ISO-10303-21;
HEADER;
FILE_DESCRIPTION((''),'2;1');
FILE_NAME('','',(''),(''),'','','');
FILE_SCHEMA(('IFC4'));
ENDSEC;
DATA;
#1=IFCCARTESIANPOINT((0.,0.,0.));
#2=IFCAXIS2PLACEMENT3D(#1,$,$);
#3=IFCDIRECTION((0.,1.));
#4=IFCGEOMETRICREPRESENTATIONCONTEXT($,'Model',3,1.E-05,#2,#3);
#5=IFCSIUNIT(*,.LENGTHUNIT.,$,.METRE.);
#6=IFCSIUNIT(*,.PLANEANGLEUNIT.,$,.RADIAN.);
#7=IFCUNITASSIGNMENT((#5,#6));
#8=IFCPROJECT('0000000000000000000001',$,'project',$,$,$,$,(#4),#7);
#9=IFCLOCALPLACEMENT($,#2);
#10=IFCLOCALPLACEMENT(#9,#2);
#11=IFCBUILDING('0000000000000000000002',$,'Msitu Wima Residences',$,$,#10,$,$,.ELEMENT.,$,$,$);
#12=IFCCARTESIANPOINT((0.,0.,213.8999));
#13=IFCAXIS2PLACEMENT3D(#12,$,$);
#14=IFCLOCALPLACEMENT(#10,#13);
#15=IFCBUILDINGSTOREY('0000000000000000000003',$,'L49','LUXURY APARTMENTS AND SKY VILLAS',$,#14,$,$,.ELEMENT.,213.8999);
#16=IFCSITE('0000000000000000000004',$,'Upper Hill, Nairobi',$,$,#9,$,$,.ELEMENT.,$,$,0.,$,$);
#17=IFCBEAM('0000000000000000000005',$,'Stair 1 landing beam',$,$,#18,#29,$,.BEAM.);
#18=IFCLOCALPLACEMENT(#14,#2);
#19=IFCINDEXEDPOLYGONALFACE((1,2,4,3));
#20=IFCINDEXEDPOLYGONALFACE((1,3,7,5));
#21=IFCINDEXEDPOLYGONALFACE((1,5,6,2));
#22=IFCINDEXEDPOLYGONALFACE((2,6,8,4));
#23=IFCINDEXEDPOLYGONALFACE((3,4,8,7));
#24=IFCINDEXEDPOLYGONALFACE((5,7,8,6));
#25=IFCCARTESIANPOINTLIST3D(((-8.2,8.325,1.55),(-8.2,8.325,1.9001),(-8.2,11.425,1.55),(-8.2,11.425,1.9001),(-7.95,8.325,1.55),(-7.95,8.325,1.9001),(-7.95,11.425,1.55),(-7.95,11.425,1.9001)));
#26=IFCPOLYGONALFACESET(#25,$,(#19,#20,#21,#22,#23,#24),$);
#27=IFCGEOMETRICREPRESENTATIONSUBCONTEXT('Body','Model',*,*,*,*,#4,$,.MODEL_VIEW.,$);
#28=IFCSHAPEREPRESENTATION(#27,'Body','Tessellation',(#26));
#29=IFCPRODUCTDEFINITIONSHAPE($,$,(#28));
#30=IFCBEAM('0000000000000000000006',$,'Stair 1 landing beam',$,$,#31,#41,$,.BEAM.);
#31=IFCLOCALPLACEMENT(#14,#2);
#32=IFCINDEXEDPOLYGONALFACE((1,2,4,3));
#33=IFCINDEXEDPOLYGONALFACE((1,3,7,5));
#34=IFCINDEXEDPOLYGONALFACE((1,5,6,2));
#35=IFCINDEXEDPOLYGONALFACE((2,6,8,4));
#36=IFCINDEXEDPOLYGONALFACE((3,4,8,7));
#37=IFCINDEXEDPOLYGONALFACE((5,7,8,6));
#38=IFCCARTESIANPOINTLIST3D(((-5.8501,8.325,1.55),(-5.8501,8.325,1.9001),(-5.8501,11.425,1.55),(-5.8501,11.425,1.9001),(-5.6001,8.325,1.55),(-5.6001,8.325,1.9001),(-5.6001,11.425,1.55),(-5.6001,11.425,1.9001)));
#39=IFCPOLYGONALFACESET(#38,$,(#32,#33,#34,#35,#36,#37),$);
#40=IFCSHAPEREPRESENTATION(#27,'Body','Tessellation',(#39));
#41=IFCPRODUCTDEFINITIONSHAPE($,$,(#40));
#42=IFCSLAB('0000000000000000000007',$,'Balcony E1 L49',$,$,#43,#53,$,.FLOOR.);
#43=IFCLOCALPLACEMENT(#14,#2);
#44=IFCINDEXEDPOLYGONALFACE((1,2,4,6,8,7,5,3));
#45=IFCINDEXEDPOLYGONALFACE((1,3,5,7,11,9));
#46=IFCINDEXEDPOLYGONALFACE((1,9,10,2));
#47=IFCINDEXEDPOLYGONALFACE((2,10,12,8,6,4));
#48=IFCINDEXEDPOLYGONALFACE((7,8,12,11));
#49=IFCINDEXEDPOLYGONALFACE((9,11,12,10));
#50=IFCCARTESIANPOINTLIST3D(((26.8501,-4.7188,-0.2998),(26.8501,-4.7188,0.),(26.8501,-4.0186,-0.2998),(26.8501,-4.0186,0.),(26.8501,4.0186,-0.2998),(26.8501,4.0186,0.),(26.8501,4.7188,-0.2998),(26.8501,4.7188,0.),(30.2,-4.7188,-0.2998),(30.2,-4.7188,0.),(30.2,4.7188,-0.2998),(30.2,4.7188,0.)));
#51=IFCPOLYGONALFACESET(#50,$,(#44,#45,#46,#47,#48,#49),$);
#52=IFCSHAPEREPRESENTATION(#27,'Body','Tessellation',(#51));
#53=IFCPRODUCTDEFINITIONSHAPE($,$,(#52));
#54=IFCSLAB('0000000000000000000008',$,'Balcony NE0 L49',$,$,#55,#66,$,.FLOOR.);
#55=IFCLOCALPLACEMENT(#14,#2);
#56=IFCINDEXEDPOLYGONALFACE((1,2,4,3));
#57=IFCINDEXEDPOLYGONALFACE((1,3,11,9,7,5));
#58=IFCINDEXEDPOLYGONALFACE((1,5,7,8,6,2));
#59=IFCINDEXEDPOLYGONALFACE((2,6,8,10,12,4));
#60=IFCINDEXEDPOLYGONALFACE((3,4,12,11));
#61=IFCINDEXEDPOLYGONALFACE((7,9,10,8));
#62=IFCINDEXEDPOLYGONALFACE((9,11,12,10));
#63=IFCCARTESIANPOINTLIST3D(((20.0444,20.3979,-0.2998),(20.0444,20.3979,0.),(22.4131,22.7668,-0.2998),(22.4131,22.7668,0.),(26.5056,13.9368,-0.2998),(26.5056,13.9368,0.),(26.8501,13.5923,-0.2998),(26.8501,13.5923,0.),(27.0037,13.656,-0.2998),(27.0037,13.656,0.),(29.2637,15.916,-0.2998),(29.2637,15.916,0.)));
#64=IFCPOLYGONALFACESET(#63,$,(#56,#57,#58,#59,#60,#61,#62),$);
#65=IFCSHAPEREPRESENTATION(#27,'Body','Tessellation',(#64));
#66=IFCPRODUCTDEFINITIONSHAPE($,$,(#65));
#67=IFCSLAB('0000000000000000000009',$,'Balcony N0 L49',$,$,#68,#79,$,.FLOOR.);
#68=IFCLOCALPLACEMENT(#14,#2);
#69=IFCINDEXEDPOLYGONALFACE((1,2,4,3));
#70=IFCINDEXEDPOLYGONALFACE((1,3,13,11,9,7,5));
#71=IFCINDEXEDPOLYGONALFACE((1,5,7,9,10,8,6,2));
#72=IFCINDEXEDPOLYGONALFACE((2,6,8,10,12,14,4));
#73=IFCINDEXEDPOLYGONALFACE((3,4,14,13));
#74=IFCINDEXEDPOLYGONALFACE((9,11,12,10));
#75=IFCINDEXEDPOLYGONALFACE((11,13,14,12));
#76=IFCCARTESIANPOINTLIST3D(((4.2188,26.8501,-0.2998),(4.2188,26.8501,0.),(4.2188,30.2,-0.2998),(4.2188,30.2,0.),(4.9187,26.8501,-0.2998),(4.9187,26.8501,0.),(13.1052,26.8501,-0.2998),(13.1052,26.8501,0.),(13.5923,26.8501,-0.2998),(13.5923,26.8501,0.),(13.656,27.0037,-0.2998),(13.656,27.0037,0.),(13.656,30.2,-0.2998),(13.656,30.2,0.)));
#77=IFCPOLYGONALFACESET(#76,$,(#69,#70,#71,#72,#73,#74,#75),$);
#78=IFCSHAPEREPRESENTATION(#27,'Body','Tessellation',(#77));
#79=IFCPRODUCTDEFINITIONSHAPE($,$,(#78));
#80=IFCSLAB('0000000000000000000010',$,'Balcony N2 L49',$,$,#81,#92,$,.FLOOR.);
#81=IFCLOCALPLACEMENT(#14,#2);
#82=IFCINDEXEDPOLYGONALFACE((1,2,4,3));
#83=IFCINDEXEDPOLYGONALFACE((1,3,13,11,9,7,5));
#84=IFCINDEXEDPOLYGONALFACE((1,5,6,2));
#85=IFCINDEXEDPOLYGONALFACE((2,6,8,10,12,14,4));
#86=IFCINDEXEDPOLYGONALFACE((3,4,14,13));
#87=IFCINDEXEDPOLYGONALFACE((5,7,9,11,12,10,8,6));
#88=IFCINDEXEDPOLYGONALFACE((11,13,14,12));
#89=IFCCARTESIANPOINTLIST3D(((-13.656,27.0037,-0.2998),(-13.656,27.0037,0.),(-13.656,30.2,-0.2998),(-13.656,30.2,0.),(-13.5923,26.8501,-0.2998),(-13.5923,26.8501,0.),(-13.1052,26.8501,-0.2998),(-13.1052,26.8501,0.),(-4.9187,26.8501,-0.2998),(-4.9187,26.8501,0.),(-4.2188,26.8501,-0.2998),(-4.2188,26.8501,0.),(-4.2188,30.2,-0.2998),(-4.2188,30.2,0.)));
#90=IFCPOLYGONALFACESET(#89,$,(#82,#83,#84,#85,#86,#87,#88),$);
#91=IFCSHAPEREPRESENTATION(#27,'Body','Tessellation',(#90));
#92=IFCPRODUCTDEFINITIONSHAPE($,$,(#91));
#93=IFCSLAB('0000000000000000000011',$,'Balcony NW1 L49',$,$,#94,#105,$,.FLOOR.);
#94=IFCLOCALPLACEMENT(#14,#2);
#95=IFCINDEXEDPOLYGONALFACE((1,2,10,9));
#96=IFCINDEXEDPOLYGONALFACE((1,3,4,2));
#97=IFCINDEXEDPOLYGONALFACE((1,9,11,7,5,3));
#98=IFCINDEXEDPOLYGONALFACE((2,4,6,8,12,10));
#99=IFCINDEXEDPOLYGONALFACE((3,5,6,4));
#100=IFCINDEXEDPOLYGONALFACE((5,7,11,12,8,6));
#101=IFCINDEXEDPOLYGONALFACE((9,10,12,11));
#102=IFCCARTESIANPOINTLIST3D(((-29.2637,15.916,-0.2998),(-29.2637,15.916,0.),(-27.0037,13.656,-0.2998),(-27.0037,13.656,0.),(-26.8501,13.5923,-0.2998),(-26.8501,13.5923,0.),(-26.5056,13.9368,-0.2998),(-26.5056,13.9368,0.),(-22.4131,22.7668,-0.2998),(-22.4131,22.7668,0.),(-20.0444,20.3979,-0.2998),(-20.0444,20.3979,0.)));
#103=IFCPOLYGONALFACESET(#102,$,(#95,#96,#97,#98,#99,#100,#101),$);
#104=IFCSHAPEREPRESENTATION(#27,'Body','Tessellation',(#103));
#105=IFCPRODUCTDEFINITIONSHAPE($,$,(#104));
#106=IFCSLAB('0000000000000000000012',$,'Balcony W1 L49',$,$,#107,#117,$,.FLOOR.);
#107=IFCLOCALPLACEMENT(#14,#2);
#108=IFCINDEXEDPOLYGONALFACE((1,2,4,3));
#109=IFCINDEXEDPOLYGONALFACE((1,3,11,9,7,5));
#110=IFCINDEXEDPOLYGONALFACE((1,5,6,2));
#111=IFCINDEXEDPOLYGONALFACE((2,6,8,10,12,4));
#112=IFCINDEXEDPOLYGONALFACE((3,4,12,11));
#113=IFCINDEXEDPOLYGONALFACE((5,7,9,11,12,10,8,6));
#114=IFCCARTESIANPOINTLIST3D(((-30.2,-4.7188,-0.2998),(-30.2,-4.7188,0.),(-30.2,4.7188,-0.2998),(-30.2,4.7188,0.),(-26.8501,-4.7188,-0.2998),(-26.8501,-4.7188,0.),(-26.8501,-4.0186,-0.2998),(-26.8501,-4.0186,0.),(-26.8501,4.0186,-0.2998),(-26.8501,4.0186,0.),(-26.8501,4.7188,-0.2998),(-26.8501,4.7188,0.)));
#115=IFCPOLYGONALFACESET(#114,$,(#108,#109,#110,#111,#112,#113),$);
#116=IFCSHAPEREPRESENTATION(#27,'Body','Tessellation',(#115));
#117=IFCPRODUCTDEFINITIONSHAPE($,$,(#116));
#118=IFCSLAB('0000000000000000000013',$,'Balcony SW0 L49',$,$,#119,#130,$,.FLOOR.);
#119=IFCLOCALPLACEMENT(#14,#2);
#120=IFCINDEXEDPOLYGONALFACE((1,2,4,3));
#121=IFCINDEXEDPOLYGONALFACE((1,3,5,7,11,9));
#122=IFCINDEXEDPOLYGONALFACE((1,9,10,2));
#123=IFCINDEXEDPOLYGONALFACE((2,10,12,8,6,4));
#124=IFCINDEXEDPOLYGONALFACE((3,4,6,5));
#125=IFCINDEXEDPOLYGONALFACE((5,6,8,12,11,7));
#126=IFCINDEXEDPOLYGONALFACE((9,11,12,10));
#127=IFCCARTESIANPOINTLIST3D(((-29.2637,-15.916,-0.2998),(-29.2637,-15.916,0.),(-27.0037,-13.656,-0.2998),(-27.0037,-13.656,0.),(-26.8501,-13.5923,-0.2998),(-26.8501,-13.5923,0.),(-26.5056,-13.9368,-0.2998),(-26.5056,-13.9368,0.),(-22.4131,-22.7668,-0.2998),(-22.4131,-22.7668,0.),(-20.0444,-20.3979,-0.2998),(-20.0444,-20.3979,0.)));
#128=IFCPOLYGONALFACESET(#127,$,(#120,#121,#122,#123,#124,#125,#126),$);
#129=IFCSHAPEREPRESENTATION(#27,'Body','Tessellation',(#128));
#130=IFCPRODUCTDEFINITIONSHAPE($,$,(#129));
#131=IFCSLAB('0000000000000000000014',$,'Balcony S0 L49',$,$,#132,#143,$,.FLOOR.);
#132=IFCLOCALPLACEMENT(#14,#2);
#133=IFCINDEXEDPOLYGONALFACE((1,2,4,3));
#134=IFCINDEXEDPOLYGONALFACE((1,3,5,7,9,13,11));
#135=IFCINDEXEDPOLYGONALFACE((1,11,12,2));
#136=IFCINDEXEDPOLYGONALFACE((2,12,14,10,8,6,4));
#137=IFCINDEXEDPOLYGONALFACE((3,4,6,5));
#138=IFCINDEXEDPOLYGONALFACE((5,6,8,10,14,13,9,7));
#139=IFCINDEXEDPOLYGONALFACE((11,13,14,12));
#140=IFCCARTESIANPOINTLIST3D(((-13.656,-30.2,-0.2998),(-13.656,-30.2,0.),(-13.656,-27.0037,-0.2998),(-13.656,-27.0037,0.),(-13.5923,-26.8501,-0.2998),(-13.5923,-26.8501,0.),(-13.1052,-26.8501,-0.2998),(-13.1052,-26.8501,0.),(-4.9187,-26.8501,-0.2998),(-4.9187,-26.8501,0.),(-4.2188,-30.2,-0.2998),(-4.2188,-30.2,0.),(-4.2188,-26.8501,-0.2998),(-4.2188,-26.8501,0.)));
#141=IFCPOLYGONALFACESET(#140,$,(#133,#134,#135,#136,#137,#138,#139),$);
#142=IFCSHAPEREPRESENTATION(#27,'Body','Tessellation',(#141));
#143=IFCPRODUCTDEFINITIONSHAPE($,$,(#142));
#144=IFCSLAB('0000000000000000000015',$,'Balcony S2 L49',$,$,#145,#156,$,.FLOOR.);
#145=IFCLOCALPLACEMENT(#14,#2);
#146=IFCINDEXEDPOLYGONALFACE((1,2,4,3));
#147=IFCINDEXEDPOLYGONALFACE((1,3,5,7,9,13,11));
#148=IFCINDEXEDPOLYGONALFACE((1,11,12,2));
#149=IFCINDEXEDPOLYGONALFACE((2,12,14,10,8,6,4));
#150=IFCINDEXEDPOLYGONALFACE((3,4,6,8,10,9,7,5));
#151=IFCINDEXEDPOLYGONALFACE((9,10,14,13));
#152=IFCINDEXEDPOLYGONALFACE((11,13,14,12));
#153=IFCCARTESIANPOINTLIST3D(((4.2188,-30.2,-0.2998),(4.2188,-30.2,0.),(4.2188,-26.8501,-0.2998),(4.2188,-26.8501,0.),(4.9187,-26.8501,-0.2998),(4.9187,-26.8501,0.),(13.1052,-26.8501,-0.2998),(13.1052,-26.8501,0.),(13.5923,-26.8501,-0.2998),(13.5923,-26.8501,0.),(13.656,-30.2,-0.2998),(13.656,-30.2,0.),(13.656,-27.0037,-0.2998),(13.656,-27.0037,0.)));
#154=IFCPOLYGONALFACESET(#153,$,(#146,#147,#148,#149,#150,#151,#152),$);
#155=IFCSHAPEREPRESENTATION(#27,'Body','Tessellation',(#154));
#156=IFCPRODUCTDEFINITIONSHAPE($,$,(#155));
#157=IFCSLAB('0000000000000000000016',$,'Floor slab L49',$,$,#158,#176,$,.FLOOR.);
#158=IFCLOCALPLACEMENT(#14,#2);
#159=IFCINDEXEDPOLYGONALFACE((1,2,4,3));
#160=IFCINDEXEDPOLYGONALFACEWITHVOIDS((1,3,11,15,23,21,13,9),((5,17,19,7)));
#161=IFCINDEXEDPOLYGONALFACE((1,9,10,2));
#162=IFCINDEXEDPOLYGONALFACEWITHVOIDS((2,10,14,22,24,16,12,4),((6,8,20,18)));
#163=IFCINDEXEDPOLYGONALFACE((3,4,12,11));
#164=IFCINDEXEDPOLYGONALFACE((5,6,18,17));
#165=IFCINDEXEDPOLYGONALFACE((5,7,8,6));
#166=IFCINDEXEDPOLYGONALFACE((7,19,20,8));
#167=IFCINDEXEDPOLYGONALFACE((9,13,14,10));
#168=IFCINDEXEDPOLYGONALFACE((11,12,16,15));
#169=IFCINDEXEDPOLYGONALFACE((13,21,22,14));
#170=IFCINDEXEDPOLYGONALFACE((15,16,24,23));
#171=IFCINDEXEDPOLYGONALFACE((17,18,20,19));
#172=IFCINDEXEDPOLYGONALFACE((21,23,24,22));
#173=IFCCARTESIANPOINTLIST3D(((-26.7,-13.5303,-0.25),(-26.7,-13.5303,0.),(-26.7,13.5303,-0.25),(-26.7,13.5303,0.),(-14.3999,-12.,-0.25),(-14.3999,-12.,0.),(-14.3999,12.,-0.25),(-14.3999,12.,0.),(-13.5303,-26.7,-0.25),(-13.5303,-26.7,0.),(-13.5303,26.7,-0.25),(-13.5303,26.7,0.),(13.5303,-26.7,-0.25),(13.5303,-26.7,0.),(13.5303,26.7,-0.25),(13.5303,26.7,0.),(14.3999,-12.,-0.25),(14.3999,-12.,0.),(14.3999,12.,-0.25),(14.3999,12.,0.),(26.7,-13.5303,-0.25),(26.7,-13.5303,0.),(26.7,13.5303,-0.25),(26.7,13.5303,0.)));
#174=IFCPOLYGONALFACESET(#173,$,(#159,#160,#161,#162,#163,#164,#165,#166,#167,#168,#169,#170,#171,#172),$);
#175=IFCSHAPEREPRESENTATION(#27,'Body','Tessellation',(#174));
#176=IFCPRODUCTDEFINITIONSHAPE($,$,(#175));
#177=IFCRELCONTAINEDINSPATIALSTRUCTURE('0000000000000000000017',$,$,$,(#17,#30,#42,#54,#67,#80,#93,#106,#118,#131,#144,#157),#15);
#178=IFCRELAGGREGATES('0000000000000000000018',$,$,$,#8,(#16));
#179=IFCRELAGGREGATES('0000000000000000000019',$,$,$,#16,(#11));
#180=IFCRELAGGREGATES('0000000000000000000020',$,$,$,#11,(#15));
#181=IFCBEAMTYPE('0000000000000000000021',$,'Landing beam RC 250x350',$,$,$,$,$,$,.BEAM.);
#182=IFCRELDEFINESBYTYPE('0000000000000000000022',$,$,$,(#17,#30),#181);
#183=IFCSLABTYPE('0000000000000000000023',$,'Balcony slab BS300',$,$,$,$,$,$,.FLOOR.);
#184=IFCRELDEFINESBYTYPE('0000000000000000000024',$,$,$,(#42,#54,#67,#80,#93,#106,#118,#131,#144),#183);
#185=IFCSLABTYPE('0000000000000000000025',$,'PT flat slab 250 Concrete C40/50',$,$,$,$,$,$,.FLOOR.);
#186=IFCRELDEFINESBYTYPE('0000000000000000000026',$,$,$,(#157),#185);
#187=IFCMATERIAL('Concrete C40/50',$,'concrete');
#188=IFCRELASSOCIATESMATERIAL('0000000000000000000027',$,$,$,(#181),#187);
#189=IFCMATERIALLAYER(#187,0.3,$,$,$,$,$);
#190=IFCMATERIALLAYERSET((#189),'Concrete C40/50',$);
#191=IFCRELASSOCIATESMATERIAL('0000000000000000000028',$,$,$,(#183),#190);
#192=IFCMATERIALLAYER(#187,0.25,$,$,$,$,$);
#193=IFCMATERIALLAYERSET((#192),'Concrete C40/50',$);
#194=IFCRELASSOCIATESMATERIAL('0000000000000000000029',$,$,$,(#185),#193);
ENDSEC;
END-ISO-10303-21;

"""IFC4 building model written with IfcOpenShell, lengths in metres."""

from ifc_helpers import new_model, si_unit, direction, frame, origin, origin_2d, place, context, subcontext, project, spatial, polyline, rectangle, outline, extrude, material, layer, layer_set, material_profile, profile_set, type_object, element, save


model = new_model("IFC4")

# Units and contexts
model_context = context("Model", 3, precision=1e-05, world=origin(), true_north=direction((0.0, 1.0)))
body_context = subcontext(model_context, "Body", "Model", "MODEL_VIEW")
ifc_project = project(units=[si_unit("LENGTHUNIT", "METRE"), si_unit("PLANEANGLEUNIT", "RADIAN")], contexts=[model_context])

# Site, building, storey
site_placement = place(None, origin())
site = spatial("IfcSite", under=ifc_project, at=site_placement, Name="Upper Hill, Nairobi", CompositionType="ELEMENT", RefElevation=0.0)
building_placement = place(site_placement, origin())
building = spatial("IfcBuilding", under=site, at=building_placement, Name="Msitu Wima Residences", CompositionType="ELEMENT")
storey_placement = place(building_placement, frame((0.0, 0.0, 213.8999)))
storey = spatial("IfcBuildingStorey", under=building, at=storey_placement, Name="L49", Description="LUXURY APARTMENTS AND SKY VILLAS", CompositionType="ELEMENT", Elevation=213.8999)

# Beams
ifc_material_1 = material(Name="Concrete C40/50", Category="concrete")
ifc_material_profile = material_profile(ifc_material_1, rectangle(XDim=0.25, YDim=0.3501, at=origin_2d()), Name="RC 250x350")
ifc_profile_set = profile_set([ifc_material_profile], Name="Concrete C40/50")
beam_type = type_object("IfcBeamType", Name="Landing beam RC 250x350", PredefinedType="BEAM", material=ifc_profile_set)
for number, where, z_axis, x_axis, name in (
    (1, (-8.075, 8.325, 1.7251), (0.0, 1.0, 0.0), (-1.0, 0.0, 0.0), "Stair 1 landing beam"),
    (2, (-5.7251, 8.325, 1.7251), (0.0, 1.0, 0.0), (-1.0, 0.0, 0.0), "Stair 1 landing beam"),
):
    element("IfcBeam", number, at=place(storey_placement, frame(where, z_axis=z_axis, x_axis=x_axis)), inside=storey, type_object=beam_type, Name=name, PredefinedType="BEAM", context=body_context, shape_type="SweptSolid", body=[
        extrude(rectangle(XDim=0.25, YDim=0.3501, at=origin_2d()), origin(), (0.0, 0.0, 1.0), 3.1001),
    ])

# Slabs
ifc_layer_1 = layer(ifc_material_1, 0.3)
ifc_layer_set_1 = layer_set([ifc_layer_1], Name="Concrete C40/50")
slab_type_1 = type_object("IfcSlabType", Name="Balcony slab BS300", PredefinedType="FLOOR", material=ifc_layer_set_1)
slab_1_placement = place(storey_placement, frame((0.0, 0.0, -0.2998)))
element("IfcSlab", 3, at=slab_1_placement, inside=storey, type_object=slab_type_1, Name="Balcony E1 L49", PredefinedType="FLOOR", context=body_context, shape_type="SweptSolid", body=[
    extrude(outline(polyline([(26.8501, -4.0186), (26.8501, 4.0186), (26.8501, 4.7188), (30.2, 4.7188), (30.2, -4.7188), (26.8501, -4.7188), (26.8501, -4.0186)])), origin(), (0.0, 0.0, 1.0), 0.2998),
])
slab_2_placement = place(storey_placement, frame((0.0, 0.0, -0.2998)))
element("IfcSlab", 4, at=slab_2_placement, inside=storey, type_object=slab_type_1, Name="Balcony NE0 L49", PredefinedType="FLOOR", context=body_context, shape_type="SweptSolid", body=[
    extrude(outline(polyline([(26.5056, 13.9368), (26.5056, 13.9368), (20.0444, 20.3979), (22.4131, 22.7668), (29.2637, 15.916), (27.0037, 13.656), (26.8501, 13.5923), (26.5056, 13.9368), (26.5056, 13.9368)])), origin(), (0.0, 0.0, 1.0), 0.2998),
])
slab_3_placement = place(storey_placement, frame((0.0, 0.0, -0.2998)))
element("IfcSlab", 5, at=slab_3_placement, inside=storey, type_object=slab_type_1, Name="Balcony N0 L49", PredefinedType="FLOOR", context=body_context, shape_type="SweptSolid", body=[
    extrude(outline(polyline([(13.1052, 26.8501), (13.1052, 26.8501), (4.9187, 26.8501), (4.2188, 26.8501), (4.2188, 30.2), (13.656, 30.2), (13.656, 27.0037), (13.5923, 26.8501), (13.1052, 26.8501), (13.1052, 26.8501)])), origin(), (0.0, 0.0, 1.0), 0.2998),
])
slab_4_placement = place(storey_placement, frame((0.0, 0.0, -0.2998)))
element("IfcSlab", 6, at=slab_4_placement, inside=storey, type_object=slab_type_1, Name="Balcony N2 L49", PredefinedType="FLOOR", context=body_context, shape_type="SweptSolid", body=[
    extrude(outline(polyline([(-13.1052, 26.8501), (-13.1052, 26.8501), (-13.1052, 26.8501), (-13.5923, 26.8501), (-13.656, 27.0037), (-13.656, 30.2), (-4.2188, 30.2), (-4.2188, 26.8501), (-4.9187, 26.8501), (-13.1052, 26.8501)])), origin(), (0.0, 0.0, 1.0), 0.2998),
])
slab_5_placement = place(storey_placement, frame((0.0, 0.0, -0.2998)))
element("IfcSlab", 7, at=slab_5_placement, inside=storey, type_object=slab_type_1, Name="Balcony NW1 L49", PredefinedType="FLOOR", context=body_context, shape_type="SweptSolid", body=[
    extrude(outline(polyline([(-26.5056, 13.9368), (-26.5056, 13.9368), (-26.8501, 13.5923), (-27.0037, 13.656), (-29.2637, 15.916), (-22.4131, 22.7668), (-20.0444, 20.3979), (-26.5056, 13.9368), (-26.5056, 13.9368)])), origin(), (0.0, 0.0, 1.0), 0.2998),
])
slab_6_placement = place(storey_placement, frame((0.0, 0.0, -0.2998)))
element("IfcSlab", 8, at=slab_6_placement, inside=storey, type_object=slab_type_1, Name="Balcony W1 L49", PredefinedType="FLOOR", context=body_context, shape_type="SweptSolid", body=[
    extrude(outline(polyline([(-26.8501, 4.0186), (-26.8501, -4.0186), (-26.8501, -4.7188), (-30.2, -4.7188), (-30.2, 4.7188), (-26.8501, 4.7188), (-26.8501, 4.0186)])), origin(), (0.0, 0.0, 1.0), 0.2998),
])
slab_7_placement = place(storey_placement, frame((0.0, 0.0, -0.2998)))
element("IfcSlab", 9, at=slab_7_placement, inside=storey, type_object=slab_type_1, Name="Balcony SW0 L49", PredefinedType="FLOOR", context=body_context, shape_type="SweptSolid", body=[
    extrude(outline(polyline([(-26.5056, -13.9368), (-26.5056, -13.9368), (-20.0444, -20.3979), (-22.4131, -22.7668), (-29.2637, -15.916), (-27.0037, -13.656), (-26.8501, -13.5923), (-26.5056, -13.9368), (-26.5056, -13.9368)])), origin(), (0.0, 0.0, 1.0), 0.2998),
])
slab_8_placement = place(storey_placement, frame((0.0, 0.0, -0.2998)))
element("IfcSlab", 10, at=slab_8_placement, inside=storey, type_object=slab_type_1, Name="Balcony S0 L49", PredefinedType="FLOOR", context=body_context, shape_type="SweptSolid", body=[
    extrude(outline(polyline([(-13.1052, -26.8501), (-13.1052, -26.8501), (-4.9187, -26.8501), (-4.2188, -26.8501), (-4.2188, -30.2), (-13.656, -30.2), (-13.656, -27.0037), (-13.5923, -26.8501), (-13.1052, -26.8501), (-13.1052, -26.8501)])), origin(), (0.0, 0.0, 1.0), 0.2998),
])
slab_9_placement = place(storey_placement, frame((0.0, 0.0, -0.2998)))
element("IfcSlab", 11, at=slab_9_placement, inside=storey, type_object=slab_type_1, Name="Balcony S2 L49", PredefinedType="FLOOR", context=body_context, shape_type="SweptSolid", body=[
    extrude(outline(polyline([(13.1052, -26.8501), (13.1052, -26.8501), (13.1052, -26.8501), (13.5923, -26.8501), (13.656, -27.0037), (13.656, -30.2), (4.2188, -30.2), (4.2188, -26.8501), (4.9187, -26.8501), (13.1052, -26.8501)])), origin(), (0.0, 0.0, 1.0), 0.2998),
])
ifc_layer_2 = layer(ifc_material_1, 0.25)
ifc_layer_set_2 = layer_set([ifc_layer_2], Name="Concrete C40/50")
slab_type_2 = type_object("IfcSlabType", Name="PT flat slab 250 Concrete C40/50", PredefinedType="FLOOR", material=ifc_layer_set_2)
slab_10_placement = place(storey_placement, frame((0.0, 0.0, -0.25)))
element("IfcSlab", 12, at=slab_10_placement, inside=storey, type_object=slab_type_2, Name="Floor slab L49", PredefinedType="FLOOR", context=body_context, shape_type="SweptSolid", body=[
    extrude(outline(polyline([(26.7, -13.5303), (13.5303, -26.7), (-13.5303, -26.7), (-26.7, -13.5303), (-26.7, 13.5303), (-13.5303, 26.7), (13.5303, 26.7), (26.7, 13.5303), (26.7, -13.5303)]), holes=[polyline([(-14.3999, -12.0), (14.3999, -12.0), (14.3999, 12.0), (-14.3999, 12.0), (-14.3999, -12.0)])]), origin(), (0.0, 0.0, 1.0), 0.25),
])

save(model, "model.ifc")
